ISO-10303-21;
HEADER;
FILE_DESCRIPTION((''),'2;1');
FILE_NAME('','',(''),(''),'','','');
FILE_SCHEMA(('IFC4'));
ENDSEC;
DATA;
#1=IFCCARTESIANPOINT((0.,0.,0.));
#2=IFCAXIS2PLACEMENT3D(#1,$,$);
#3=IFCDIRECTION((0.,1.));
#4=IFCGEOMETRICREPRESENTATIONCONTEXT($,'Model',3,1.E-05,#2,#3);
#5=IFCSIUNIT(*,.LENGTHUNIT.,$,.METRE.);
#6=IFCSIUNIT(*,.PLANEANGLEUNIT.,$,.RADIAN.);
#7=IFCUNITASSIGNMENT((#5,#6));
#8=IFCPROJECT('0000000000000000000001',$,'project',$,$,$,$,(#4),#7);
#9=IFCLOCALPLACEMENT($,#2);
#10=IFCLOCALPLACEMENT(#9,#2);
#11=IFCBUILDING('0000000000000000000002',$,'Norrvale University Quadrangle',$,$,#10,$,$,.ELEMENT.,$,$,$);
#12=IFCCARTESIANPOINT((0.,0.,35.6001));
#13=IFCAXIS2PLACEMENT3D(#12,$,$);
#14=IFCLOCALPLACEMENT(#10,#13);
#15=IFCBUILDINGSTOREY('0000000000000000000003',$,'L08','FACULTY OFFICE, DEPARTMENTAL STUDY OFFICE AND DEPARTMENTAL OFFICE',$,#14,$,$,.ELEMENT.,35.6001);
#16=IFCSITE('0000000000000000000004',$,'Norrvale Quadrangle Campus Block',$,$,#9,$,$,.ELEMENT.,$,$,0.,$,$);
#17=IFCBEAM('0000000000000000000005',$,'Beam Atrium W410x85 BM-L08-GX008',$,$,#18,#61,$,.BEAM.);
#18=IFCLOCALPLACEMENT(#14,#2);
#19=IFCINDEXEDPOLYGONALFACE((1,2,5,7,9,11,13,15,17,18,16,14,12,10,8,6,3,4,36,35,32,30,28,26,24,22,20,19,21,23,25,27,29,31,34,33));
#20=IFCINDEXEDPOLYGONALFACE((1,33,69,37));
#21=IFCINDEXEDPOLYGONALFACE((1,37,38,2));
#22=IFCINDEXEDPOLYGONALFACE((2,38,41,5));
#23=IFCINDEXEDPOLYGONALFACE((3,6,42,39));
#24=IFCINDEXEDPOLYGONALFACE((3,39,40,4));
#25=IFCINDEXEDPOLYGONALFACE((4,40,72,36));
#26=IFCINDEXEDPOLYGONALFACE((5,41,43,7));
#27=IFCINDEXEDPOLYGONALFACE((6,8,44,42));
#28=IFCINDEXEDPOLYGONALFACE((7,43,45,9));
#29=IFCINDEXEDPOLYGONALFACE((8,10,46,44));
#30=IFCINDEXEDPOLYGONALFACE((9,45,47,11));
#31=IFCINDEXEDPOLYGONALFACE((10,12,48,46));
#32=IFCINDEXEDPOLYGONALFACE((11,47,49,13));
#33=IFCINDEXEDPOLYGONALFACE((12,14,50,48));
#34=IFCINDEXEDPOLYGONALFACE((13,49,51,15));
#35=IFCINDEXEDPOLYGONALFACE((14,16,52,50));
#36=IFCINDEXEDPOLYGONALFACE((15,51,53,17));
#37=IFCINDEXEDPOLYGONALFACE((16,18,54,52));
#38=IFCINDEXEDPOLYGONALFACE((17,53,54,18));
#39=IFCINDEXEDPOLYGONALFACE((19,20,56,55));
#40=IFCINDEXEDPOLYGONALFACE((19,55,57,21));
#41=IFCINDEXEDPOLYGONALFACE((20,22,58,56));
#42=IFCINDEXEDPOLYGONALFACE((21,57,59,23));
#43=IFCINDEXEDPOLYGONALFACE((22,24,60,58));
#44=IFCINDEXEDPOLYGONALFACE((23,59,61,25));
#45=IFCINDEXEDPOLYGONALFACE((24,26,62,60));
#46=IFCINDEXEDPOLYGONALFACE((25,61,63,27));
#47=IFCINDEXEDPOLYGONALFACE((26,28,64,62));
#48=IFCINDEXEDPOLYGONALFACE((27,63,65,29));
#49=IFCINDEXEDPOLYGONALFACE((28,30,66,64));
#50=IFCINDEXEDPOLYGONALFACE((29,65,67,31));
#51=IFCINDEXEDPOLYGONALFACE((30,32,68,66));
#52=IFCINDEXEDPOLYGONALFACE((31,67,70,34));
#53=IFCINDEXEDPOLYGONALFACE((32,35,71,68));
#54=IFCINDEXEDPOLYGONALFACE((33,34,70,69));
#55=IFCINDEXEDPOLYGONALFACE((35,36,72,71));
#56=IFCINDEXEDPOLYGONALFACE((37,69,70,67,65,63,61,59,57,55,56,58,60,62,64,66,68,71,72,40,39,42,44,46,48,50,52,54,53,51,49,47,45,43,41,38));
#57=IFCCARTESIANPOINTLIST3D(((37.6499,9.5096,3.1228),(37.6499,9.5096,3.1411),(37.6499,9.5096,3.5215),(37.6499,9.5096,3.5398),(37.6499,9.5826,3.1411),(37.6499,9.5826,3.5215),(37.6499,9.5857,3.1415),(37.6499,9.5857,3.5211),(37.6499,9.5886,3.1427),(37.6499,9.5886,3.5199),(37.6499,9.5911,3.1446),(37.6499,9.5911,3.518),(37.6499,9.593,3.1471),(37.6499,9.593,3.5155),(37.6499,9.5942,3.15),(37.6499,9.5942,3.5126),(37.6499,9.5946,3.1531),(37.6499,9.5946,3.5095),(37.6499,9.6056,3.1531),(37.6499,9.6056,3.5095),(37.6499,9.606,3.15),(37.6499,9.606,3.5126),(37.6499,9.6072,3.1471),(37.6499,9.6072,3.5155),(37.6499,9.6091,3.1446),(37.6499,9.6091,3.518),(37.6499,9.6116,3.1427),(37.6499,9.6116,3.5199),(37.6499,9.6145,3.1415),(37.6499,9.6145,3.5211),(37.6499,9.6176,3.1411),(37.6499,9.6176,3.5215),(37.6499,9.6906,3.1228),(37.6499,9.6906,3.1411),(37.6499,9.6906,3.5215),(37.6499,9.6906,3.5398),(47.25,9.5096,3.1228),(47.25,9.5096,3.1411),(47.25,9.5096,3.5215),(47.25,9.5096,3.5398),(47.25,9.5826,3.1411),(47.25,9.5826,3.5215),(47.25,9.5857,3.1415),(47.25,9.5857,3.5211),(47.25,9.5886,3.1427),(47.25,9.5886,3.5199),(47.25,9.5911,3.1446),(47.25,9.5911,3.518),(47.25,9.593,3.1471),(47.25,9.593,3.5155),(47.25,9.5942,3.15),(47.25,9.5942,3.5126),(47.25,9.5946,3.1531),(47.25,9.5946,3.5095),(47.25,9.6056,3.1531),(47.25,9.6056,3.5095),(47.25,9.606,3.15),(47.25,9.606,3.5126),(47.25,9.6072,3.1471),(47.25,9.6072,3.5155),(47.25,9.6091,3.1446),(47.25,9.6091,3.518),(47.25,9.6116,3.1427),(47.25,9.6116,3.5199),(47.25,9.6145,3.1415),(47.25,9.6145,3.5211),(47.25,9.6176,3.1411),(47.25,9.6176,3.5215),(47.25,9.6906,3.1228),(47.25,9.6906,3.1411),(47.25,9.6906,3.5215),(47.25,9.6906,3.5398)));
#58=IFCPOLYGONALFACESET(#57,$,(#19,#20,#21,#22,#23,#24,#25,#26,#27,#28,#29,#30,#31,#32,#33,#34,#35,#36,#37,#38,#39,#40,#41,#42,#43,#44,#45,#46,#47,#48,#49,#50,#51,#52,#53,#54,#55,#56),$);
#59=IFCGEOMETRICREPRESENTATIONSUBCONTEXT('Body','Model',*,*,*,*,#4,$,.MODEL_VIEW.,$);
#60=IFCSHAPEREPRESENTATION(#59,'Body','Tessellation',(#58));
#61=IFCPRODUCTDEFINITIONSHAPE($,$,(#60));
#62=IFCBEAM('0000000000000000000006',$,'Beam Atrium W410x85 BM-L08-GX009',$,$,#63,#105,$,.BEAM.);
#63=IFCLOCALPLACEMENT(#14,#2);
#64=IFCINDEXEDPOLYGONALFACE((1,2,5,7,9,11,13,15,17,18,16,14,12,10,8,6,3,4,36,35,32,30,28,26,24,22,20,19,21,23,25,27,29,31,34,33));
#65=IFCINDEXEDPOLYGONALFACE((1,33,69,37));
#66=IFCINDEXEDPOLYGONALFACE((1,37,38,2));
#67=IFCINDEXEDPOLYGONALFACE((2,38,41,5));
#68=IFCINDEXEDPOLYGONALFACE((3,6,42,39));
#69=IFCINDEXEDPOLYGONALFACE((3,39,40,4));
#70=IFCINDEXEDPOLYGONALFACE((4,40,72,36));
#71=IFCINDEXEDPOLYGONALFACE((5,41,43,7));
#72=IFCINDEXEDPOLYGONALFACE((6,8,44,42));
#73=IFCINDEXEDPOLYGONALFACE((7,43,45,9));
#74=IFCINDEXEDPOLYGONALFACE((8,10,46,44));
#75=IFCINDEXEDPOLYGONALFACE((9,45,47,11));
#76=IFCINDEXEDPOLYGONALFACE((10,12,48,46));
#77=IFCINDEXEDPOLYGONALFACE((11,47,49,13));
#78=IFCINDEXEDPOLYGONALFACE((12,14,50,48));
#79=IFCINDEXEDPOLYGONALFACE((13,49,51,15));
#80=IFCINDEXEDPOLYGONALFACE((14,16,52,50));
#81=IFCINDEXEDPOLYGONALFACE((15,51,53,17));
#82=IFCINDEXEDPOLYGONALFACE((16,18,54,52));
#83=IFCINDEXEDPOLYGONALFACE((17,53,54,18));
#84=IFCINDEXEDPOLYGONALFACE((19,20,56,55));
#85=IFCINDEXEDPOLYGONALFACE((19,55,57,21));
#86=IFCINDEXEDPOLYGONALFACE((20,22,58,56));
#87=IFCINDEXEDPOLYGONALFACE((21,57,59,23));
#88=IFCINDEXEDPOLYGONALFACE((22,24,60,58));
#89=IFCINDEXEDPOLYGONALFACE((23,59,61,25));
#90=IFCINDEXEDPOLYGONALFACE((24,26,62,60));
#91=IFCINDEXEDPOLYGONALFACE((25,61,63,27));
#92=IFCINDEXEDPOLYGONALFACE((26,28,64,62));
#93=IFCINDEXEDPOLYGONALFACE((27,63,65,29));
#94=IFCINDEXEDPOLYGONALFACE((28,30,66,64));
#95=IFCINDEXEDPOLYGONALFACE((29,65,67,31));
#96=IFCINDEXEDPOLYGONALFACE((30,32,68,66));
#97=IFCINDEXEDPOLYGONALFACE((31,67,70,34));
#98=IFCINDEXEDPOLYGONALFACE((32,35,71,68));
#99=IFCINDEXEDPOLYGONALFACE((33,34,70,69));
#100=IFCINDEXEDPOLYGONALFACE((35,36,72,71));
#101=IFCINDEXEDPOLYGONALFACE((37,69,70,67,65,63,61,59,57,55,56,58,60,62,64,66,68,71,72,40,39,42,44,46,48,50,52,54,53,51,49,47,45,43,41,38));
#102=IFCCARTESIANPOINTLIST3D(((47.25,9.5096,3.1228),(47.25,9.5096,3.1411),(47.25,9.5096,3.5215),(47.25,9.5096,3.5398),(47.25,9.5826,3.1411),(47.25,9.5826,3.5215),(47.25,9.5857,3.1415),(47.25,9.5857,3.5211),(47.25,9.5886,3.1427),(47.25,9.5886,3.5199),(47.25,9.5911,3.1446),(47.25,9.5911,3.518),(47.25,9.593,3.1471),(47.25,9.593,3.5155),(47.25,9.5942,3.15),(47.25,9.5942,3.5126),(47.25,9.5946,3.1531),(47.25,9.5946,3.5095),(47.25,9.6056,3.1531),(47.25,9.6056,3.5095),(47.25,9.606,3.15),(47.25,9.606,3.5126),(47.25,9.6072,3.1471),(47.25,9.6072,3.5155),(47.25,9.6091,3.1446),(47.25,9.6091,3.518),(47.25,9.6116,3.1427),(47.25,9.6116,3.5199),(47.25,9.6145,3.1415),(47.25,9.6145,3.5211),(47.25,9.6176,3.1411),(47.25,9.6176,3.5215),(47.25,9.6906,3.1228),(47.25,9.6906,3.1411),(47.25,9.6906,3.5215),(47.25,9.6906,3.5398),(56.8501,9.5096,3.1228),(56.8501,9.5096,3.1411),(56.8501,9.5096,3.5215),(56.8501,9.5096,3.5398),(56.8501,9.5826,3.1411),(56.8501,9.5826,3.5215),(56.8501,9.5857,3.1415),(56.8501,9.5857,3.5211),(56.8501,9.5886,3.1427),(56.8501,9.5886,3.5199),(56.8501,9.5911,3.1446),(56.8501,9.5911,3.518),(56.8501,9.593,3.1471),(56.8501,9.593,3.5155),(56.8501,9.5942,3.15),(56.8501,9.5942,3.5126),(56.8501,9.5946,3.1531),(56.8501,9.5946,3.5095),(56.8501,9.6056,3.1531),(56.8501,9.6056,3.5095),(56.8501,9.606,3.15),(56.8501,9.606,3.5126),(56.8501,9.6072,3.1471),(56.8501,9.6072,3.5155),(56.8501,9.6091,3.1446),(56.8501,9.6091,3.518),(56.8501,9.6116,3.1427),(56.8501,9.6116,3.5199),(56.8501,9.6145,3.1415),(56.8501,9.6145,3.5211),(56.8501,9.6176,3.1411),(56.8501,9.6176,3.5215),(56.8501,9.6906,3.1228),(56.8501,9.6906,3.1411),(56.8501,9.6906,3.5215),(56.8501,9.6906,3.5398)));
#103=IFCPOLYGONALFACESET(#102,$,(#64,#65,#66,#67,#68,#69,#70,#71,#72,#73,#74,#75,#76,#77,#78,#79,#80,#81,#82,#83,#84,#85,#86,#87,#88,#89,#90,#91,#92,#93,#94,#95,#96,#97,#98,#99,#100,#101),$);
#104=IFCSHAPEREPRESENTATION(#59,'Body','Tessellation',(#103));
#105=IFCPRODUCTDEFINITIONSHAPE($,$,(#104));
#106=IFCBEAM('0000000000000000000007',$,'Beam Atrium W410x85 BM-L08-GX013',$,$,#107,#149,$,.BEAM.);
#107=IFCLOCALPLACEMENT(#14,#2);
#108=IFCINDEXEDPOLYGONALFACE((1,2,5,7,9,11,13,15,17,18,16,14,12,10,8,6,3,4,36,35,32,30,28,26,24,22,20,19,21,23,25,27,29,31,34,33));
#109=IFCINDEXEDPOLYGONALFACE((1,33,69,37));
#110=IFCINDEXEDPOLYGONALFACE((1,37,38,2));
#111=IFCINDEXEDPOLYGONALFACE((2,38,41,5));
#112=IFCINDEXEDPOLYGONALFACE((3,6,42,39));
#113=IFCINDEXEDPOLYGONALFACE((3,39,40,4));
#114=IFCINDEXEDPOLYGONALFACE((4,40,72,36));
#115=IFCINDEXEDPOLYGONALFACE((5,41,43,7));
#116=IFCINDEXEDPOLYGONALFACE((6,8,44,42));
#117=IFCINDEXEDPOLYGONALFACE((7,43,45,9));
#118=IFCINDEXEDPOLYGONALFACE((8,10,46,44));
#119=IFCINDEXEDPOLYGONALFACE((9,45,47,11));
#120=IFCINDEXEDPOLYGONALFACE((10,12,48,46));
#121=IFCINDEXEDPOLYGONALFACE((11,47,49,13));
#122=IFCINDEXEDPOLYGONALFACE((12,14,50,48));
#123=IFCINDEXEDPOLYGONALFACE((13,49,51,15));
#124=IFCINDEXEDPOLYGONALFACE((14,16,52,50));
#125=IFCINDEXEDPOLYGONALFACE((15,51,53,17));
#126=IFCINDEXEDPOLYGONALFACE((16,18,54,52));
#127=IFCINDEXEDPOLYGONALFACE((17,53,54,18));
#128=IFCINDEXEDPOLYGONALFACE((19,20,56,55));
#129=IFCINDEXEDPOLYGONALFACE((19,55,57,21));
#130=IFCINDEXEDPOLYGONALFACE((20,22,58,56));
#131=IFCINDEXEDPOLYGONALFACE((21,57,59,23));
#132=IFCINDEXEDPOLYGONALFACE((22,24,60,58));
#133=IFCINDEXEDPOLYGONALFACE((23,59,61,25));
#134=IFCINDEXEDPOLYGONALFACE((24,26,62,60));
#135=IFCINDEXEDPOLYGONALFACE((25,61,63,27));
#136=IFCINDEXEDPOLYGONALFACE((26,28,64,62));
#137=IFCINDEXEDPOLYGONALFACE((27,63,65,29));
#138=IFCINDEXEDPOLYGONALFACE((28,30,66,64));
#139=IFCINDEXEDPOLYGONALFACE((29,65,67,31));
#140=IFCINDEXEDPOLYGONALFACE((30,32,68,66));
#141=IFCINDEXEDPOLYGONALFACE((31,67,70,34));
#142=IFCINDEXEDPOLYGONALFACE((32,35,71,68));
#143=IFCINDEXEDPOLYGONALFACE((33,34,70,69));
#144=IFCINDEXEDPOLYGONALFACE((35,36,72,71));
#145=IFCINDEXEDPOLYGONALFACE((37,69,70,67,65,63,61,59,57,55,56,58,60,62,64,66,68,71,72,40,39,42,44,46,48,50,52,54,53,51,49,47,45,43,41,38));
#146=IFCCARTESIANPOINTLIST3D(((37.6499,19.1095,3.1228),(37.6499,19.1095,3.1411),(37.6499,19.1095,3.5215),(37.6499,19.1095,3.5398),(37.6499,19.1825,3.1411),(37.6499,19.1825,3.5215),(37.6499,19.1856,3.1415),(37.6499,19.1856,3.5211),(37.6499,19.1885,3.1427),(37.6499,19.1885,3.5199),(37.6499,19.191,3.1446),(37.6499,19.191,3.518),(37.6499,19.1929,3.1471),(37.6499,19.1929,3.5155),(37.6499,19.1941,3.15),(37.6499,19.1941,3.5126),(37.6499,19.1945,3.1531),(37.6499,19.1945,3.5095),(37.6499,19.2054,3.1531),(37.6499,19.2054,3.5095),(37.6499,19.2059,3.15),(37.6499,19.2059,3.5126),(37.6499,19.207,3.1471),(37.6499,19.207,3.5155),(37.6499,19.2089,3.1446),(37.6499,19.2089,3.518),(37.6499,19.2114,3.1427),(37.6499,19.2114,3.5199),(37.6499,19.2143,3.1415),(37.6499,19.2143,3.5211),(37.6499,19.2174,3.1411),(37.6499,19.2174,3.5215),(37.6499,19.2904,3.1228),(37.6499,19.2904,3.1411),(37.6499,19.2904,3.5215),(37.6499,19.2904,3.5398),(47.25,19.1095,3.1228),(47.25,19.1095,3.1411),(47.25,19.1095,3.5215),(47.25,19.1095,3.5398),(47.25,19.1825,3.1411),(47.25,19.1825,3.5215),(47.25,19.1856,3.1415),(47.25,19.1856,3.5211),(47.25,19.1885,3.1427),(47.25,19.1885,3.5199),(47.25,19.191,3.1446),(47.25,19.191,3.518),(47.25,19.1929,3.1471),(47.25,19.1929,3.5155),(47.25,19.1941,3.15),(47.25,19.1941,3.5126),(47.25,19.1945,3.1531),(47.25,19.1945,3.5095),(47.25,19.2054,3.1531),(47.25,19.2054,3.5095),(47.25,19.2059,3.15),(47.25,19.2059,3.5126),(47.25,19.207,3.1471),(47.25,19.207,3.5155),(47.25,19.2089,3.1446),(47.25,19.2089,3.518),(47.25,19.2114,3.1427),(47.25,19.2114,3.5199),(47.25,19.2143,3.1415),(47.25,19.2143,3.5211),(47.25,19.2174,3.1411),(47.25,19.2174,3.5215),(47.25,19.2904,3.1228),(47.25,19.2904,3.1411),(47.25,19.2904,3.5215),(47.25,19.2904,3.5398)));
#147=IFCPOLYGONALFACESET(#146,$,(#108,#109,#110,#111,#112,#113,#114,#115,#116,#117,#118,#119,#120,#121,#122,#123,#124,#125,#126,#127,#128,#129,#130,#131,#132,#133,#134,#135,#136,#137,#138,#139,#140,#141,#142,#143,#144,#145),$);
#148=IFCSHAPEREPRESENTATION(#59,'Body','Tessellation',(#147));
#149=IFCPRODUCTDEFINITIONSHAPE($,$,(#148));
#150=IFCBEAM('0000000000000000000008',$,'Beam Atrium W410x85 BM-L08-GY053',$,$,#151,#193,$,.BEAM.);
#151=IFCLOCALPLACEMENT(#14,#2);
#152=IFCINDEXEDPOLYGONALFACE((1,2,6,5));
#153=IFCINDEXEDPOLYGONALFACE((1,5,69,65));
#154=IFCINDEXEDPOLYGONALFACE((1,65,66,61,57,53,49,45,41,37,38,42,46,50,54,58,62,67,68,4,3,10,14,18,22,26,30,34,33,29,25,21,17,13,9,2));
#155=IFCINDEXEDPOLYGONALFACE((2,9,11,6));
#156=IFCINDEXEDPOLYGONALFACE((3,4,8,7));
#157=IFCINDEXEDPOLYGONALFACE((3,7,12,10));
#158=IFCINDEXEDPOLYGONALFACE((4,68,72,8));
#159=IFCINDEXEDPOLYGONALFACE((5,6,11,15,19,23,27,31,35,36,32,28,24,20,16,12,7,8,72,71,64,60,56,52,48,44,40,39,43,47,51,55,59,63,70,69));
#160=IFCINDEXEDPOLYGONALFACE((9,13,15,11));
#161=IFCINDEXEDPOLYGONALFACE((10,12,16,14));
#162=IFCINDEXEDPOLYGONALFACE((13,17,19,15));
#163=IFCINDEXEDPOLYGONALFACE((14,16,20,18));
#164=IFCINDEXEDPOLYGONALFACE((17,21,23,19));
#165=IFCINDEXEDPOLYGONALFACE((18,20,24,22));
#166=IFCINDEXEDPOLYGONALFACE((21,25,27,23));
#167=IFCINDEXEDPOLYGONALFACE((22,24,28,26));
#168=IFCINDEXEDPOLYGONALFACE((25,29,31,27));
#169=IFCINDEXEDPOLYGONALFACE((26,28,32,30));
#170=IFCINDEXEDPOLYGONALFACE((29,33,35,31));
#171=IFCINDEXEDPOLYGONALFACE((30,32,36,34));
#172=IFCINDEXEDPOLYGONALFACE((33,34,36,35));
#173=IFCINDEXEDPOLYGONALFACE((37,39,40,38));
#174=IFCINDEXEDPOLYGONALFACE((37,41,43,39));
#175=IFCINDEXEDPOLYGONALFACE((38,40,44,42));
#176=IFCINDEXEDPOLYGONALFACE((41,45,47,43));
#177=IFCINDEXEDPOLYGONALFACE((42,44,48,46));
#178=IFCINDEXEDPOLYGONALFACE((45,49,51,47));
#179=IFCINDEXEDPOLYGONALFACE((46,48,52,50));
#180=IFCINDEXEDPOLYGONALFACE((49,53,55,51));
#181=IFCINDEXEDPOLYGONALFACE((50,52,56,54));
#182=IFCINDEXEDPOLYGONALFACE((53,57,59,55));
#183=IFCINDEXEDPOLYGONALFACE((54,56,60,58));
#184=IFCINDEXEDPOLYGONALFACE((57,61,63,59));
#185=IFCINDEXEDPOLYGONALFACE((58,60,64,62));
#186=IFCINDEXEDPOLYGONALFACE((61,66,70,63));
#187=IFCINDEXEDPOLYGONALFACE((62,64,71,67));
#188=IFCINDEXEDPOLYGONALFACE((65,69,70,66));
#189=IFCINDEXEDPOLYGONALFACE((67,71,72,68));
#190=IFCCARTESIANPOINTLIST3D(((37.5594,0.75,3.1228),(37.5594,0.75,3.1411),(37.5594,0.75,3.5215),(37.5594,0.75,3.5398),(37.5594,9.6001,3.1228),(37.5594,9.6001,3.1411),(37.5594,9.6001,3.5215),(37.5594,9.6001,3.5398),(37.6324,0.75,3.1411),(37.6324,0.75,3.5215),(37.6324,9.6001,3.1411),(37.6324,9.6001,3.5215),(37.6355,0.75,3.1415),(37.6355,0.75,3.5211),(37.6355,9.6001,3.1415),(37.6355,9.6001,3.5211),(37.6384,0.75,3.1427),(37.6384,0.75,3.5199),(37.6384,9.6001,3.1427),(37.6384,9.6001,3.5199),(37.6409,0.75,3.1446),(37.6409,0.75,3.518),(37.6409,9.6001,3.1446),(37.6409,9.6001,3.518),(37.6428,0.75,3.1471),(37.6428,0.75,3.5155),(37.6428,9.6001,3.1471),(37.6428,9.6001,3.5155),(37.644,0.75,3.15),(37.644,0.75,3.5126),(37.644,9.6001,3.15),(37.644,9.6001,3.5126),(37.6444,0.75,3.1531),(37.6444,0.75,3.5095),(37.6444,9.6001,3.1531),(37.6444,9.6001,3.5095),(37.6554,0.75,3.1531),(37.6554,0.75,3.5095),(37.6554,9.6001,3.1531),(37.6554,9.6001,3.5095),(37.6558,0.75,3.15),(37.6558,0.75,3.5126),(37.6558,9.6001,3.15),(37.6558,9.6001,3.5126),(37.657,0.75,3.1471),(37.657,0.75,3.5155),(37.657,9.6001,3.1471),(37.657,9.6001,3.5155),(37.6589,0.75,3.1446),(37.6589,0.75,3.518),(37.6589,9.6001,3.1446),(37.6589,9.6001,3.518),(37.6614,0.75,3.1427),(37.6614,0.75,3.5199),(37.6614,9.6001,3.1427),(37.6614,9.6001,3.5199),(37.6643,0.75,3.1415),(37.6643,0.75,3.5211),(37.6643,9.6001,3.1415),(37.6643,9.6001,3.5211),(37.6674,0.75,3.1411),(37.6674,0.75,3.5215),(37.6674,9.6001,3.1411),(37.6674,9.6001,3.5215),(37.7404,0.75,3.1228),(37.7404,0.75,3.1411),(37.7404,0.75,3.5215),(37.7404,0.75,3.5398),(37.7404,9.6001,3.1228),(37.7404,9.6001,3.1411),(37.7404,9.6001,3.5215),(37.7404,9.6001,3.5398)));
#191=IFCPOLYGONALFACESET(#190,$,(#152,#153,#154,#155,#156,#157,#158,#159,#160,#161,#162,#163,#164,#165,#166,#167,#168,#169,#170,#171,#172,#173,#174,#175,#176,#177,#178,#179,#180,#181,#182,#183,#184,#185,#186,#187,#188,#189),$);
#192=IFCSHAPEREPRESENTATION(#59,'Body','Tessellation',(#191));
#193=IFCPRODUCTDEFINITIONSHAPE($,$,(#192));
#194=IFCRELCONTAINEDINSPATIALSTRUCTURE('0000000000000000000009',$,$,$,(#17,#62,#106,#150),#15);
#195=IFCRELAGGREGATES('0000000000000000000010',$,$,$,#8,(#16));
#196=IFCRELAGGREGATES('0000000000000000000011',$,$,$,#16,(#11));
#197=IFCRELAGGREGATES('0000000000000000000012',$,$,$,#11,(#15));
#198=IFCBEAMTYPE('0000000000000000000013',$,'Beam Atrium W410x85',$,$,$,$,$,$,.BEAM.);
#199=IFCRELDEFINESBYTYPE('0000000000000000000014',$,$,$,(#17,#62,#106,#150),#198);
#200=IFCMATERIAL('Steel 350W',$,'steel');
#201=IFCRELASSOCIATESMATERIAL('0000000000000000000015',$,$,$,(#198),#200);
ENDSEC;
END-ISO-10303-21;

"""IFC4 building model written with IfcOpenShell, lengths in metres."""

from ifc_helpers import new_model, si_unit, direction, frame, origin, origin_2d, place, context, subcontext, project, spatial, i_section, extrude, material, material_profile, profile_set, type_object, element, save


model = new_model("IFC4")

# Units and contexts
model_context = context("Model", 3, precision=1e-05, world=origin(), true_north=direction((0.0, 1.0)))
body_context = subcontext(model_context, "Body", "Model", "MODEL_VIEW")
ifc_project = project(units=[si_unit("LENGTHUNIT", "METRE"), si_unit("PLANEANGLEUNIT", "RADIAN")], contexts=[model_context])

# Site, building, storey
site_placement = place(None, origin())
site = spatial("IfcSite", under=ifc_project, at=site_placement, Name="Norrvale Quadrangle Campus Block", CompositionType="ELEMENT", RefElevation=0.0)
building_placement = place(site_placement, origin())
building = spatial("IfcBuilding", under=site, at=building_placement, Name="Norrvale University Quadrangle", CompositionType="ELEMENT")
storey_placement = place(building_placement, frame((0.0, 0.0, 35.6001)))
storey = spatial("IfcBuildingStorey", under=building, at=storey_placement, Name="L08", Description="FACULTY OFFICE, DEPARTMENTAL STUDY OFFICE AND DEPARTMENTAL OFFICE", CompositionType="ELEMENT", Elevation=35.6001)

# Beams
ifc_material_1 = material(Name="Steel 350W", Category="steel")
ifc_material_profile_1 = material_profile(ifc_material_1, i_section(OverallWidth=0.1809, OverallDepth=0.417, WebThickness=0.011, FlangeThickness=0.0183, FilletRadius=0.012, at=origin_2d()), Name="Steel 350W")
ifc_profile_set_1 = profile_set([ifc_material_profile_1], Name="Steel 350W")
beam_type_1 = type_object("IfcBeamType", Name="Beam Atrium W410x85", PredefinedType="BEAM", material=ifc_profile_set_1)
for number, where, z_axis, x_axis, name in (
    (1, (37.6499, 9.6001, 3.3313), (1.0, 0.0, 0.0), (0.0, 1.0, 0.0), "Beam Atrium W410x85 BM-L08-GX008"),
    (2, (47.25, 9.6001, 3.3313), (1.0, 0.0, 0.0), (0.0, 1.0, 0.0), "Beam Atrium W410x85 BM-L08-GX009"),
    (3, (37.6499, 19.2, 3.3313), (1.0, 0.0, 0.0), (0.0, 1.0, 0.0), "Beam Atrium W410x85 BM-L08-GX013"),
):
    element("IfcBeam", number, at=place(storey_placement, frame(where, z_axis=z_axis, x_axis=x_axis)), inside=storey, type_object=beam_type_1, Name=name, PredefinedType="BEAM", context=body_context, shape_type="SweptSolid", body=[
        extrude(i_section(OverallWidth=0.1809, OverallDepth=0.417, WebThickness=0.011, FlangeThickness=0.0183, FilletRadius=0.012, at=origin_2d()), origin(), (0.0, 0.0, 1.0), 9.6001),
    ])
beam_1_placement = place(storey_placement, frame((37.6499, 0.75, 3.3313), z_axis=(0.0, 1.0, 0.0), x_axis=(-1.0, 0.0, 0.0)))
element("IfcBeam", 4, at=beam_1_placement, inside=storey, type_object=beam_type_1, Name="Beam Atrium W410x85 BM-L08-GY053", PredefinedType="BEAM", context=body_context, shape_type="SweptSolid", body=[
    extrude(i_section(OverallWidth=0.1809, OverallDepth=0.417, WebThickness=0.011, FlangeThickness=0.0183, FilletRadius=0.012, at=origin_2d()), origin(), (0.0, 0.0, 1.0), 8.8501),
])

save(model, "model.ifc")
